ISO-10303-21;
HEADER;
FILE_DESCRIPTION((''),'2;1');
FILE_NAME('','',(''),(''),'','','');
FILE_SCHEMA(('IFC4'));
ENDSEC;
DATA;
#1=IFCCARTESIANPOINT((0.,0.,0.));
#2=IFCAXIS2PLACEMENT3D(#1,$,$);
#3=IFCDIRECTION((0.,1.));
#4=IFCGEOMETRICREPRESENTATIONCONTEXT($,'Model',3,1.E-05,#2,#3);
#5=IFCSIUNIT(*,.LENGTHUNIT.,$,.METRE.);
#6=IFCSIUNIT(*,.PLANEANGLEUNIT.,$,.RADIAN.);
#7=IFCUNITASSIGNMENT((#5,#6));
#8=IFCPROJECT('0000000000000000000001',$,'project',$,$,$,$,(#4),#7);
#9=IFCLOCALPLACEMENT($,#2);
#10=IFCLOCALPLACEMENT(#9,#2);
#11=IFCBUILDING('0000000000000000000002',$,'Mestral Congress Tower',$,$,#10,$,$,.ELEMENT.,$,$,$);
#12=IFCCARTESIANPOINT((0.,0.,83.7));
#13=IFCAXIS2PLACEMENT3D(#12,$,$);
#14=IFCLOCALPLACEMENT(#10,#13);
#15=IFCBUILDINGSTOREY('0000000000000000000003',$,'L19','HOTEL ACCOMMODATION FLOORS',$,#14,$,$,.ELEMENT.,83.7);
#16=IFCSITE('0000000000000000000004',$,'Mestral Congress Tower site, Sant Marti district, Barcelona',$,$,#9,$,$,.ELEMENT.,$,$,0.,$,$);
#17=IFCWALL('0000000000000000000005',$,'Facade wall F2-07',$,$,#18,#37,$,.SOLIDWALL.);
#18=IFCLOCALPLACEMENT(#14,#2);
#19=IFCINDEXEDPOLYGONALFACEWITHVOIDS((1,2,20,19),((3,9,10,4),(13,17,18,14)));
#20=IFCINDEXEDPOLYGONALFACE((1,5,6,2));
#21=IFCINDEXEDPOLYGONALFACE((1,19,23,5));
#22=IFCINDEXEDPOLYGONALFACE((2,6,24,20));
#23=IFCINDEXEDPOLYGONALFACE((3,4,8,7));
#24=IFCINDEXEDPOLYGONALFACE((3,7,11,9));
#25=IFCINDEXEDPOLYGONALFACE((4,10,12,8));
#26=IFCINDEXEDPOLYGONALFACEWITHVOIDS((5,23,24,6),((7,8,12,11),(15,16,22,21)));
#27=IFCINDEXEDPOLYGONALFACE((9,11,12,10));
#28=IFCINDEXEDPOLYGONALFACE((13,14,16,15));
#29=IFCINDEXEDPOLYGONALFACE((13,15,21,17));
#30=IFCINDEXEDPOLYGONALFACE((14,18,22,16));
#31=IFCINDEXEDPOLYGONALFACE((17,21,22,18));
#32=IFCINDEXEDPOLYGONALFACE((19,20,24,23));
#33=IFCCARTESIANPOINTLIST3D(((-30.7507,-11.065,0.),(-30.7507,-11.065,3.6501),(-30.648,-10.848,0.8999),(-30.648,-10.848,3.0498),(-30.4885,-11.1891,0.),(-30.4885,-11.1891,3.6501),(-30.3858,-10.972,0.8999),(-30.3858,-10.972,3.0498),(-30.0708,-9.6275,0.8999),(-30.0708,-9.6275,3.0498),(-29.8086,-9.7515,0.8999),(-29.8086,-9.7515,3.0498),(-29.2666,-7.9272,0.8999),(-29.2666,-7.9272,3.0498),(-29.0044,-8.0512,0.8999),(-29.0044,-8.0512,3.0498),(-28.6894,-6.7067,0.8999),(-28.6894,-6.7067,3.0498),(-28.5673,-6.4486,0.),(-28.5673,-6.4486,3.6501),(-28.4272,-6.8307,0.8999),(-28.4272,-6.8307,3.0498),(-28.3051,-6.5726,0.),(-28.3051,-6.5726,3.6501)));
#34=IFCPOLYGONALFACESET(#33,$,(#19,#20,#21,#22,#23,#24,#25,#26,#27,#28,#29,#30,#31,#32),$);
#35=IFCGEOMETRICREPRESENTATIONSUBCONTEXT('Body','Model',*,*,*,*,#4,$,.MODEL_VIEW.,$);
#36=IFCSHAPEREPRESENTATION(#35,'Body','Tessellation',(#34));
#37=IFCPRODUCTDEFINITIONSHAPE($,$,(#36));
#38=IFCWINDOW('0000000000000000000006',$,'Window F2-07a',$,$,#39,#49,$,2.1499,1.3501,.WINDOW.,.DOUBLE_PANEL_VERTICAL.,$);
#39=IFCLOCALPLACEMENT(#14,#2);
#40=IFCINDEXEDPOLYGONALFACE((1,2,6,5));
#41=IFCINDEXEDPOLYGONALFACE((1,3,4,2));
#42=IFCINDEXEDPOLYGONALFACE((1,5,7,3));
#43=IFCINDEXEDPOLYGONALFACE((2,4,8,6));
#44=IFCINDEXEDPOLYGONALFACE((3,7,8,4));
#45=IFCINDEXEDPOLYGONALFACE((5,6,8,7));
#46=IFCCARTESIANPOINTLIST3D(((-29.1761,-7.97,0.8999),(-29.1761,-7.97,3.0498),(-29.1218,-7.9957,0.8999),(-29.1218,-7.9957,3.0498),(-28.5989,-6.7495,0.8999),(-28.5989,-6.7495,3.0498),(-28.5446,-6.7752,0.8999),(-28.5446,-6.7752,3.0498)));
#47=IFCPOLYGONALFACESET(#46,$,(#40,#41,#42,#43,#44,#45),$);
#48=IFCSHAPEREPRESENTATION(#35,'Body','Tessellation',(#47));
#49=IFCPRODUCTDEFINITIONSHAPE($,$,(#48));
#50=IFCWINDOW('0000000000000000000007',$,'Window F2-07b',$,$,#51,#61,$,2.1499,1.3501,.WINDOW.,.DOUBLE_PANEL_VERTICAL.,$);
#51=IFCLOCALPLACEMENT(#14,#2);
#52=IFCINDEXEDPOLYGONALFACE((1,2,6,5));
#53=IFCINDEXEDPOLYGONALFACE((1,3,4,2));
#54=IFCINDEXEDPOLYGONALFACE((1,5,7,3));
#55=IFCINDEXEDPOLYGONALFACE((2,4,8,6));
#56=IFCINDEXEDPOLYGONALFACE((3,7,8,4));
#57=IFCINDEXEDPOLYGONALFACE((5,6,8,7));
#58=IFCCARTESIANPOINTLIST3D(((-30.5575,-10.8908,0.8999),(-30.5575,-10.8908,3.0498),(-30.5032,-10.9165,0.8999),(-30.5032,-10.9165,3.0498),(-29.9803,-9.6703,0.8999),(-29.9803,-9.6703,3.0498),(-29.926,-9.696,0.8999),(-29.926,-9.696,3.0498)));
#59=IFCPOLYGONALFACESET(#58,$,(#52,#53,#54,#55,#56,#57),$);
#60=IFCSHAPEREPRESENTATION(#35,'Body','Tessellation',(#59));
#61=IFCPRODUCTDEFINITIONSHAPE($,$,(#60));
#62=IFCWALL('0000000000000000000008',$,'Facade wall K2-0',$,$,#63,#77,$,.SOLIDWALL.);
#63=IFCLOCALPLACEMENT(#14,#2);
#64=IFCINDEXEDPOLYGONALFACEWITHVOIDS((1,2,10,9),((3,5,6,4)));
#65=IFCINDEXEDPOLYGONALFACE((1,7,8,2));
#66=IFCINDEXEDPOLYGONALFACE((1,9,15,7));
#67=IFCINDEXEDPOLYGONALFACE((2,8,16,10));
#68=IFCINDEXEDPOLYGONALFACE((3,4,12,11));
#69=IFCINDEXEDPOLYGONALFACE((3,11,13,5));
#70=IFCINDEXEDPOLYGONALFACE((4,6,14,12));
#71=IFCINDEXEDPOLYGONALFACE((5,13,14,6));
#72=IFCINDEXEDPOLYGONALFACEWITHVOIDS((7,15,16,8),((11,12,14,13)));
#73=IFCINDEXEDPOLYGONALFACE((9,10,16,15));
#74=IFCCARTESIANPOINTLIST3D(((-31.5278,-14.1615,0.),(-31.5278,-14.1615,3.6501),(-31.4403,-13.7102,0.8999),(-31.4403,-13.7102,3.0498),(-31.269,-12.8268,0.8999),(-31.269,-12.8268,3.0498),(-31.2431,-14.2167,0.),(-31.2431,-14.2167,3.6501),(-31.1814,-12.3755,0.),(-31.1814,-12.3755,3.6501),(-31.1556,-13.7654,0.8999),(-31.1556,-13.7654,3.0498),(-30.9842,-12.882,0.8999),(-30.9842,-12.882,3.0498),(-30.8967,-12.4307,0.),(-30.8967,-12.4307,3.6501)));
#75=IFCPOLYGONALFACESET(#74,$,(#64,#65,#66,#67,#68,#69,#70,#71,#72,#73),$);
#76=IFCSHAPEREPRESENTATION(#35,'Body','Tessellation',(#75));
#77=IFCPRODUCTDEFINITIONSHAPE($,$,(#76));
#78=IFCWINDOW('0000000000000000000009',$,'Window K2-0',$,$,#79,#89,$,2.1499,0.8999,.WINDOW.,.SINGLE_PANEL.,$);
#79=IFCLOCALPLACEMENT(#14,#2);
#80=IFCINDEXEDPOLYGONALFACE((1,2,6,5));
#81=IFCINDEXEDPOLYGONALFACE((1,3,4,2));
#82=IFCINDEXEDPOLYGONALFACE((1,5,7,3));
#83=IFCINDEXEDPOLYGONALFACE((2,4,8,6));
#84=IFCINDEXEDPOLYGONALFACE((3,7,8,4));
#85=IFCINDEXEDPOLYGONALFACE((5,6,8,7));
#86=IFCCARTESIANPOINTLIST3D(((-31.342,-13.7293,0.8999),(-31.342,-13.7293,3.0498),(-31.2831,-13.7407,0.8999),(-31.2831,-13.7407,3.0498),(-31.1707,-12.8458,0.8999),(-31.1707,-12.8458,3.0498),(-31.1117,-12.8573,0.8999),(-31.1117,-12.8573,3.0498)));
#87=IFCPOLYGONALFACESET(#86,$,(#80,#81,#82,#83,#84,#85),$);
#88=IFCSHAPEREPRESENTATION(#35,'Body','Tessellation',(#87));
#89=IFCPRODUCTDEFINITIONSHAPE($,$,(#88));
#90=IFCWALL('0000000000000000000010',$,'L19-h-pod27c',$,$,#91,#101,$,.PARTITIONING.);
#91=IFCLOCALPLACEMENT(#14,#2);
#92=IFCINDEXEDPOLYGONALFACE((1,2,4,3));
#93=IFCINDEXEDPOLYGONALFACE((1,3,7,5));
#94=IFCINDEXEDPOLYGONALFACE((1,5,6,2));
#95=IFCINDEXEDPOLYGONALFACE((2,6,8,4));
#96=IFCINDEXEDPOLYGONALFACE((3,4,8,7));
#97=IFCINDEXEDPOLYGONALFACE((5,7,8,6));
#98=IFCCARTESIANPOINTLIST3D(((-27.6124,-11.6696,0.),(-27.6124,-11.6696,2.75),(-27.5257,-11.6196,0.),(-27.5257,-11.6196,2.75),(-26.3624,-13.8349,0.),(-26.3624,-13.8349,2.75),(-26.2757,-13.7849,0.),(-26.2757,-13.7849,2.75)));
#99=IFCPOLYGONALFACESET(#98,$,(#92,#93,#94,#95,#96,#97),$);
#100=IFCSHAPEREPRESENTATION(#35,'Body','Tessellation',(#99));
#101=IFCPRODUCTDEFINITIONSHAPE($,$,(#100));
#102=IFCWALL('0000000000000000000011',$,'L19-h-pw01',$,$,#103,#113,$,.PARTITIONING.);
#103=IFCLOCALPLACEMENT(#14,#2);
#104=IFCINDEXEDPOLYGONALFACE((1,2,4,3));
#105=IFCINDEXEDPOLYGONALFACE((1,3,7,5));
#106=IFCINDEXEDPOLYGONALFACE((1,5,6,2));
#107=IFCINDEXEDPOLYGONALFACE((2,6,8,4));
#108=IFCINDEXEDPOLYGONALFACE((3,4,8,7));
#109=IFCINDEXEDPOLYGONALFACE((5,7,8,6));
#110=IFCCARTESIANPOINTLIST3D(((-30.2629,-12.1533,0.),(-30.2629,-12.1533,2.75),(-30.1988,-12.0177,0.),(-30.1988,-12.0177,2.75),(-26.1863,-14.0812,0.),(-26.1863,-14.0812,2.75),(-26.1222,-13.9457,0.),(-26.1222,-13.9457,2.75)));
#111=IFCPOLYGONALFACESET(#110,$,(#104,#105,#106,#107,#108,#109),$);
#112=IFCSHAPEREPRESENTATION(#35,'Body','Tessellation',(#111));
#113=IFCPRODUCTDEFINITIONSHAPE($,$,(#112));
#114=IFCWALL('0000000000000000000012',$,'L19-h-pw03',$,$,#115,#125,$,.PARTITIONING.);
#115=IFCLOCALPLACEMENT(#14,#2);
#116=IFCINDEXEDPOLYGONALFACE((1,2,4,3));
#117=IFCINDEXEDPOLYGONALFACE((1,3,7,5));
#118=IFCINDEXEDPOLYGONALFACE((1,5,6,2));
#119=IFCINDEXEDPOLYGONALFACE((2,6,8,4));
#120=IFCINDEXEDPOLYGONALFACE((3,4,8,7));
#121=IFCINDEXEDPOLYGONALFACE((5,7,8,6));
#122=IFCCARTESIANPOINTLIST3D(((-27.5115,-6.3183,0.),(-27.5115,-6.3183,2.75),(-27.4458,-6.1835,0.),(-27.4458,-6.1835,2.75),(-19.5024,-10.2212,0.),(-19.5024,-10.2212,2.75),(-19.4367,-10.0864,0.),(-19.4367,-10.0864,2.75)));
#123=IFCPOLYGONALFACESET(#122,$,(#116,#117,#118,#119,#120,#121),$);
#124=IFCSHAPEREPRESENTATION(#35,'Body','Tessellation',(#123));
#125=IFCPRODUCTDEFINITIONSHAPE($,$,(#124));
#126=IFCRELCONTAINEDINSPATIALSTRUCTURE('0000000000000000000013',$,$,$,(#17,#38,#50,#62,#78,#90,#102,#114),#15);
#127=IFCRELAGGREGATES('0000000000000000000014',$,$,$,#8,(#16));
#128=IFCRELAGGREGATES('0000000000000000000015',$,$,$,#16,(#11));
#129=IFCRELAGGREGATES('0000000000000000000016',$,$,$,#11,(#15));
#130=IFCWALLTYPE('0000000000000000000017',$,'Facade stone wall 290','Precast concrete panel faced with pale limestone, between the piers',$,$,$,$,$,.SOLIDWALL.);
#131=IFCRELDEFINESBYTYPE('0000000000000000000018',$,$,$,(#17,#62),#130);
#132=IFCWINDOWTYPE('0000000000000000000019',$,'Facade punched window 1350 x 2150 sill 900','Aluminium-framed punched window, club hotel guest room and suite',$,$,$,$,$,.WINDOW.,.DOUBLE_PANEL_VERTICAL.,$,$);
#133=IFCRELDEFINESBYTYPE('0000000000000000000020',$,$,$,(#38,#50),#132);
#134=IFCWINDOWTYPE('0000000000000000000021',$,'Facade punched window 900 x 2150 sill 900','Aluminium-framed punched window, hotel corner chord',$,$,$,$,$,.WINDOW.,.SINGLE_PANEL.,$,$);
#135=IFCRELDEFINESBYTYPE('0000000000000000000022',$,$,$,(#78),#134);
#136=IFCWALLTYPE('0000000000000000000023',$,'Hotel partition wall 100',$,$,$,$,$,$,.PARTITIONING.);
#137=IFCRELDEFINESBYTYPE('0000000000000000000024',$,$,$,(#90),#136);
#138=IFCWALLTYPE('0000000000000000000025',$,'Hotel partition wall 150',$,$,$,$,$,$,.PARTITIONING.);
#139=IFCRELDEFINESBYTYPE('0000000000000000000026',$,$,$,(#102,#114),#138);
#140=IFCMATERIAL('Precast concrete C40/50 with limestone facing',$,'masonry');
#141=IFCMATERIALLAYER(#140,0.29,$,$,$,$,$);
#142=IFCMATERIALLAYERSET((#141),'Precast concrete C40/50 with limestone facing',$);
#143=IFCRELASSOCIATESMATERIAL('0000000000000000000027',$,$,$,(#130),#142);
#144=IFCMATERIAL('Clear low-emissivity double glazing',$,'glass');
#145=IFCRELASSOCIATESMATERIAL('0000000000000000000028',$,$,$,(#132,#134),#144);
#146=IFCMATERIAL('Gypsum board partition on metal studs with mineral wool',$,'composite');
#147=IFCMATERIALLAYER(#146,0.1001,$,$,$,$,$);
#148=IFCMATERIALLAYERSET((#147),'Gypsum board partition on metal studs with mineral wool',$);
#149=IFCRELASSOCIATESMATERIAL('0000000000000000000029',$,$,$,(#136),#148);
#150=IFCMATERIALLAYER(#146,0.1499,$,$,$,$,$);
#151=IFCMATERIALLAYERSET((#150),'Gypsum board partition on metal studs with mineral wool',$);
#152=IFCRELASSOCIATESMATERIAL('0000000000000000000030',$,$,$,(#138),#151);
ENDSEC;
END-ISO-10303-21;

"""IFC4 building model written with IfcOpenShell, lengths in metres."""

from ifc_helpers import new_model, si_unit, direction, frame, frame_2d, origin, place, context, subcontext, project, spatial, rectangle, extrude, material, layer, layer_set, type_object, element, fill, save


model = new_model("IFC4")

# Units and contexts
model_context = context("Model", 3, precision=1e-05, world=origin(), true_north=direction((0.0, 1.0)))
body_context = subcontext(model_context, "Body", "Model", "MODEL_VIEW")
ifc_project = project(units=[si_unit("LENGTHUNIT", "METRE"), si_unit("PLANEANGLEUNIT", "RADIAN")], contexts=[model_context])

# Site, building, storey
site_placement = place(None, origin())
site = spatial("IfcSite", under=ifc_project, at=site_placement, Name="Mestral Congress Tower site, Sant Marti district, Barcelona", CompositionType="ELEMENT", RefElevation=0.0)
building_placement = place(site_placement, origin())
building = spatial("IfcBuilding", under=site, at=building_placement, Name="Mestral Congress Tower", CompositionType="ELEMENT")
storey_placement = place(building_placement, frame((0.0, 0.0, 83.7)))
storey = spatial("IfcBuildingStorey", under=building, at=storey_placement, Name="L19", Description="HOTEL ACCOMMODATION FLOORS", CompositionType="ELEMENT", Elevation=83.7)

# Wall, openings, windows
ifc_material_1 = material(Name="Precast concrete C40/50 with limestone facing", Category="masonry")
ifc_layer_1 = layer(ifc_material_1, 0.29)
ifc_layer_set_1 = layer_set([ifc_layer_1], Name="Precast concrete C40/50 with limestone facing")
wall_type_1 = type_object("IfcWallType", Name="Facade stone wall 290", Description="Precast concrete panel faced with pale limestone, between the piers", PredefinedType="SOLIDWALL", material=ifc_layer_set_1)
wall_1_placement = place(storey_placement, frame((-28.4363, -6.5107, 0.0), z_axis=(0.0, 0.0, 1.0), x_axis=(-0.427544, -0.903995, 0.0)))
wall_1 = element("IfcWall", 1, at=wall_1_placement, inside=storey, type_object=wall_type_1, Name="Facade wall F2-07", PredefinedType="SOLIDWALL", context=body_context, shape_type="SweptSolid", body=[
    extrude(rectangle(XDim=5.1067, YDim=0.29, at=frame_2d((2.5532, 0.0))), origin(), (0.0, 0.0, 1.0), 3.6501),
])
opening_1_placement = place(wall_1_placement, frame((0.2854, 0.0, 0.8999)))
opening_1 = element("IfcOpeningElement", 2, at=opening_1_placement, cuts=wall_1, PredefinedType="OPENING", context=body_context, shape_type="SweptSolid", body=[
    extrude(rectangle(XDim=1.3501, YDim=2.1499, at=frame_2d((0.675, 1.075))), frame((0.0, 0.155, 0.0), z_axis=(0.0, -1.0, 0.0), x_axis=(1.0, 0.0, 0.0)), (0.0, 0.0, 1.0), 0.3101),
])
opening_2_placement = place(wall_1_placement, frame((3.5164, 0.0, 0.8999)))
opening_2 = element("IfcOpeningElement", 3, at=opening_2_placement, cuts=wall_1, PredefinedType="OPENING", context=body_context, shape_type="SweptSolid", body=[
    extrude(rectangle(XDim=1.3501, YDim=2.1499, at=frame_2d((0.675, 1.075))), frame((0.0, 0.155, 0.0), z_axis=(0.0, -1.0, 0.0), x_axis=(1.0, 0.0, 0.0)), (0.0, 0.0, 1.0), 0.3101),
])
ifc_material_2 = material(Name="Clear low-emissivity double glazing", Category="glass")
window_type_1 = type_object("IfcWindowType", Name="Facade punched window 1350 x 2150 sill 900", Description="Aluminium-framed punched window, club hotel guest room and suite", PartitioningType="DOUBLE_PANEL_VERTICAL", PredefinedType="WINDOW", material=ifc_material_2)
window_1_placement = place(opening_1_placement, origin())
window_1 = element("IfcWindow", 4, at=window_1_placement, inside=storey, type_object=window_type_1, Name="Window F2-07a", OverallHeight=2.1499, OverallWidth=1.3501, PartitioningType="DOUBLE_PANEL_VERTICAL", PredefinedType="WINDOW", context=body_context, shape_type="SweptSolid", body=[
    extrude(rectangle(XDim=1.3501, YDim=2.1499, at=frame_2d((0.675, 1.075))), frame((0.0, 0.0151, 0.0), z_axis=(0.0, -1.0, 0.0), x_axis=(1.0, 0.0, 0.0)), (0.0, 0.0, 1.0), 0.0601),
])
fill(opening_1, window_1)
window_2_placement = place(opening_2_placement, origin())
window_2 = element("IfcWindow", 5, at=window_2_placement, inside=storey, type_object=window_type_1, Name="Window F2-07b", OverallHeight=2.1499, OverallWidth=1.3501, PartitioningType="DOUBLE_PANEL_VERTICAL", PredefinedType="WINDOW", context=body_context, shape_type="SweptSolid", body=[
    extrude(rectangle(XDim=1.3501, YDim=2.1499, at=frame_2d((0.675, 1.075))), frame((0.0, 0.0151, 0.0), z_axis=(0.0, -1.0, 0.0), x_axis=(1.0, 0.0, 0.0)), (0.0, 0.0, 1.0), 0.0601),
])
fill(opening_2, window_2)

# Wall, opening, window
wall_2_placement = place(storey_placement, frame((-31.0391, -12.4031, 0.0), z_axis=(0.0, 0.0, 1.0), x_axis=(-0.19041, -0.981705, 0.0)))
wall_2 = element("IfcWall", 6, at=wall_2_placement, inside=storey, type_object=wall_type_1, Name="Facade wall K2-0", PredefinedType="SOLIDWALL", context=body_context, shape_type="SweptSolid", body=[
    extrude(rectangle(XDim=1.8193, YDim=0.29, at=frame_2d((0.9097, 0.0))), origin(), (0.0, 0.0, 1.0), 3.6501),
])
opening_3_placement = place(wall_2_placement, frame((0.4597, 0.0, 0.8999)))
opening_3 = element("IfcOpeningElement", 7, at=opening_3_placement, cuts=wall_2, PredefinedType="OPENING", context=body_context, shape_type="SweptSolid", body=[
    extrude(rectangle(XDim=0.8999, YDim=2.1499, at=frame_2d((0.45, 1.075))), frame((0.0, 0.155, 0.0), z_axis=(0.0, -1.0, 0.0), x_axis=(1.0, 0.0, 0.0)), (0.0, 0.0, 1.0), 0.3101),
])
window_type_2 = type_object("IfcWindowType", Name="Facade punched window 900 x 2150 sill 900", Description="Aluminium-framed punched window, hotel corner chord", PartitioningType="SINGLE_PANEL", PredefinedType="WINDOW", material=ifc_material_2)
window_3_placement = place(opening_3_placement, origin())
window_3 = element("IfcWindow", 8, at=window_3_placement, inside=storey, type_object=window_type_2, Name="Window K2-0", OverallHeight=2.1499, OverallWidth=0.8999, PartitioningType="SINGLE_PANEL", PredefinedType="WINDOW", context=body_context, shape_type="SweptSolid", body=[
    extrude(rectangle(XDim=0.8999, YDim=2.1499, at=frame_2d((0.45, 1.075))), frame((0.0, 0.0151, 0.0), z_axis=(0.0, -1.0, 0.0), x_axis=(1.0, 0.0, 0.0)), (0.0, 0.0, 1.0), 0.0601),
])
fill(opening_3, window_3)

# Walls
ifc_material_3 = material(Name="Gypsum board partition on metal studs with mineral wool", Category="composite")
ifc_layer_2 = layer(ifc_material_3, 0.1001)
ifc_layer_set_2 = layer_set([ifc_layer_2], Name="Gypsum board partition on metal studs with mineral wool")
wall_type_2 = type_object("IfcWallType", Name="Hotel partition wall 100", PredefinedType="PARTITIONING", material=ifc_layer_set_2)
wall_3_placement = place(storey_placement, frame((-26.3191, -13.8098, 0.0), z_axis=(0.0, 0.0, 1.0), x_axis=(-0.499962, 0.866047, 0.0)))
element("IfcWall", 9, at=wall_3_placement, inside=storey, type_object=wall_type_2, Name="L19-h-pod27c", PredefinedType="PARTITIONING", context=body_context, shape_type="SweptSolid", body=[
    extrude(rectangle(XDim=2.5002, YDim=0.1001, at=frame_2d((1.25, 0.0))), origin(), (0.0, 0.0, 1.0), 2.75),
])
ifc_layer_3 = layer(ifc_material_3, 0.1499)
ifc_layer_set_3 = layer_set([ifc_layer_3], Name="Gypsum board partition on metal studs with mineral wool")
wall_type_3 = type_object("IfcWallType", Name="Hotel partition wall 150", PredefinedType="PARTITIONING", material=ifc_layer_set_3)
wall_4_placement = place(storey_placement, frame((-30.231, -12.0854, 0.0), z_axis=(0.0, 0.0, 1.0), x_axis=(0.904001, -0.42753, 0.0)))
element("IfcWall", 10, at=wall_4_placement, inside=storey, type_object=wall_type_3, Name="L19-h-pw01", PredefinedType="PARTITIONING", context=body_context, shape_type="SweptSolid", body=[
    extrude(rectangle(XDim=4.5095, YDim=0.1499, at=frame_2d((2.2549, 0.0))), origin(), (0.0, 0.0, 1.0), 2.75),
])
wall_5_placement = place(storey_placement, frame((-27.4785, -6.251, 0.0), z_axis=(0.0, 0.0, 1.0), x_axis=(0.898946, -0.43806, 0.0)))
element("IfcWall", 11, at=wall_5_placement, inside=storey, type_object=wall_type_3, Name="L19-h-pw03", PredefinedType="PARTITIONING", context=body_context, shape_type="SweptSolid", body=[
    extrude(rectangle(XDim=8.9094, YDim=0.1499, at=frame_2d((4.4546, 0.0))), origin(), (0.0, 0.0, 1.0), 2.75),
])

save(model, "model.ifc")
